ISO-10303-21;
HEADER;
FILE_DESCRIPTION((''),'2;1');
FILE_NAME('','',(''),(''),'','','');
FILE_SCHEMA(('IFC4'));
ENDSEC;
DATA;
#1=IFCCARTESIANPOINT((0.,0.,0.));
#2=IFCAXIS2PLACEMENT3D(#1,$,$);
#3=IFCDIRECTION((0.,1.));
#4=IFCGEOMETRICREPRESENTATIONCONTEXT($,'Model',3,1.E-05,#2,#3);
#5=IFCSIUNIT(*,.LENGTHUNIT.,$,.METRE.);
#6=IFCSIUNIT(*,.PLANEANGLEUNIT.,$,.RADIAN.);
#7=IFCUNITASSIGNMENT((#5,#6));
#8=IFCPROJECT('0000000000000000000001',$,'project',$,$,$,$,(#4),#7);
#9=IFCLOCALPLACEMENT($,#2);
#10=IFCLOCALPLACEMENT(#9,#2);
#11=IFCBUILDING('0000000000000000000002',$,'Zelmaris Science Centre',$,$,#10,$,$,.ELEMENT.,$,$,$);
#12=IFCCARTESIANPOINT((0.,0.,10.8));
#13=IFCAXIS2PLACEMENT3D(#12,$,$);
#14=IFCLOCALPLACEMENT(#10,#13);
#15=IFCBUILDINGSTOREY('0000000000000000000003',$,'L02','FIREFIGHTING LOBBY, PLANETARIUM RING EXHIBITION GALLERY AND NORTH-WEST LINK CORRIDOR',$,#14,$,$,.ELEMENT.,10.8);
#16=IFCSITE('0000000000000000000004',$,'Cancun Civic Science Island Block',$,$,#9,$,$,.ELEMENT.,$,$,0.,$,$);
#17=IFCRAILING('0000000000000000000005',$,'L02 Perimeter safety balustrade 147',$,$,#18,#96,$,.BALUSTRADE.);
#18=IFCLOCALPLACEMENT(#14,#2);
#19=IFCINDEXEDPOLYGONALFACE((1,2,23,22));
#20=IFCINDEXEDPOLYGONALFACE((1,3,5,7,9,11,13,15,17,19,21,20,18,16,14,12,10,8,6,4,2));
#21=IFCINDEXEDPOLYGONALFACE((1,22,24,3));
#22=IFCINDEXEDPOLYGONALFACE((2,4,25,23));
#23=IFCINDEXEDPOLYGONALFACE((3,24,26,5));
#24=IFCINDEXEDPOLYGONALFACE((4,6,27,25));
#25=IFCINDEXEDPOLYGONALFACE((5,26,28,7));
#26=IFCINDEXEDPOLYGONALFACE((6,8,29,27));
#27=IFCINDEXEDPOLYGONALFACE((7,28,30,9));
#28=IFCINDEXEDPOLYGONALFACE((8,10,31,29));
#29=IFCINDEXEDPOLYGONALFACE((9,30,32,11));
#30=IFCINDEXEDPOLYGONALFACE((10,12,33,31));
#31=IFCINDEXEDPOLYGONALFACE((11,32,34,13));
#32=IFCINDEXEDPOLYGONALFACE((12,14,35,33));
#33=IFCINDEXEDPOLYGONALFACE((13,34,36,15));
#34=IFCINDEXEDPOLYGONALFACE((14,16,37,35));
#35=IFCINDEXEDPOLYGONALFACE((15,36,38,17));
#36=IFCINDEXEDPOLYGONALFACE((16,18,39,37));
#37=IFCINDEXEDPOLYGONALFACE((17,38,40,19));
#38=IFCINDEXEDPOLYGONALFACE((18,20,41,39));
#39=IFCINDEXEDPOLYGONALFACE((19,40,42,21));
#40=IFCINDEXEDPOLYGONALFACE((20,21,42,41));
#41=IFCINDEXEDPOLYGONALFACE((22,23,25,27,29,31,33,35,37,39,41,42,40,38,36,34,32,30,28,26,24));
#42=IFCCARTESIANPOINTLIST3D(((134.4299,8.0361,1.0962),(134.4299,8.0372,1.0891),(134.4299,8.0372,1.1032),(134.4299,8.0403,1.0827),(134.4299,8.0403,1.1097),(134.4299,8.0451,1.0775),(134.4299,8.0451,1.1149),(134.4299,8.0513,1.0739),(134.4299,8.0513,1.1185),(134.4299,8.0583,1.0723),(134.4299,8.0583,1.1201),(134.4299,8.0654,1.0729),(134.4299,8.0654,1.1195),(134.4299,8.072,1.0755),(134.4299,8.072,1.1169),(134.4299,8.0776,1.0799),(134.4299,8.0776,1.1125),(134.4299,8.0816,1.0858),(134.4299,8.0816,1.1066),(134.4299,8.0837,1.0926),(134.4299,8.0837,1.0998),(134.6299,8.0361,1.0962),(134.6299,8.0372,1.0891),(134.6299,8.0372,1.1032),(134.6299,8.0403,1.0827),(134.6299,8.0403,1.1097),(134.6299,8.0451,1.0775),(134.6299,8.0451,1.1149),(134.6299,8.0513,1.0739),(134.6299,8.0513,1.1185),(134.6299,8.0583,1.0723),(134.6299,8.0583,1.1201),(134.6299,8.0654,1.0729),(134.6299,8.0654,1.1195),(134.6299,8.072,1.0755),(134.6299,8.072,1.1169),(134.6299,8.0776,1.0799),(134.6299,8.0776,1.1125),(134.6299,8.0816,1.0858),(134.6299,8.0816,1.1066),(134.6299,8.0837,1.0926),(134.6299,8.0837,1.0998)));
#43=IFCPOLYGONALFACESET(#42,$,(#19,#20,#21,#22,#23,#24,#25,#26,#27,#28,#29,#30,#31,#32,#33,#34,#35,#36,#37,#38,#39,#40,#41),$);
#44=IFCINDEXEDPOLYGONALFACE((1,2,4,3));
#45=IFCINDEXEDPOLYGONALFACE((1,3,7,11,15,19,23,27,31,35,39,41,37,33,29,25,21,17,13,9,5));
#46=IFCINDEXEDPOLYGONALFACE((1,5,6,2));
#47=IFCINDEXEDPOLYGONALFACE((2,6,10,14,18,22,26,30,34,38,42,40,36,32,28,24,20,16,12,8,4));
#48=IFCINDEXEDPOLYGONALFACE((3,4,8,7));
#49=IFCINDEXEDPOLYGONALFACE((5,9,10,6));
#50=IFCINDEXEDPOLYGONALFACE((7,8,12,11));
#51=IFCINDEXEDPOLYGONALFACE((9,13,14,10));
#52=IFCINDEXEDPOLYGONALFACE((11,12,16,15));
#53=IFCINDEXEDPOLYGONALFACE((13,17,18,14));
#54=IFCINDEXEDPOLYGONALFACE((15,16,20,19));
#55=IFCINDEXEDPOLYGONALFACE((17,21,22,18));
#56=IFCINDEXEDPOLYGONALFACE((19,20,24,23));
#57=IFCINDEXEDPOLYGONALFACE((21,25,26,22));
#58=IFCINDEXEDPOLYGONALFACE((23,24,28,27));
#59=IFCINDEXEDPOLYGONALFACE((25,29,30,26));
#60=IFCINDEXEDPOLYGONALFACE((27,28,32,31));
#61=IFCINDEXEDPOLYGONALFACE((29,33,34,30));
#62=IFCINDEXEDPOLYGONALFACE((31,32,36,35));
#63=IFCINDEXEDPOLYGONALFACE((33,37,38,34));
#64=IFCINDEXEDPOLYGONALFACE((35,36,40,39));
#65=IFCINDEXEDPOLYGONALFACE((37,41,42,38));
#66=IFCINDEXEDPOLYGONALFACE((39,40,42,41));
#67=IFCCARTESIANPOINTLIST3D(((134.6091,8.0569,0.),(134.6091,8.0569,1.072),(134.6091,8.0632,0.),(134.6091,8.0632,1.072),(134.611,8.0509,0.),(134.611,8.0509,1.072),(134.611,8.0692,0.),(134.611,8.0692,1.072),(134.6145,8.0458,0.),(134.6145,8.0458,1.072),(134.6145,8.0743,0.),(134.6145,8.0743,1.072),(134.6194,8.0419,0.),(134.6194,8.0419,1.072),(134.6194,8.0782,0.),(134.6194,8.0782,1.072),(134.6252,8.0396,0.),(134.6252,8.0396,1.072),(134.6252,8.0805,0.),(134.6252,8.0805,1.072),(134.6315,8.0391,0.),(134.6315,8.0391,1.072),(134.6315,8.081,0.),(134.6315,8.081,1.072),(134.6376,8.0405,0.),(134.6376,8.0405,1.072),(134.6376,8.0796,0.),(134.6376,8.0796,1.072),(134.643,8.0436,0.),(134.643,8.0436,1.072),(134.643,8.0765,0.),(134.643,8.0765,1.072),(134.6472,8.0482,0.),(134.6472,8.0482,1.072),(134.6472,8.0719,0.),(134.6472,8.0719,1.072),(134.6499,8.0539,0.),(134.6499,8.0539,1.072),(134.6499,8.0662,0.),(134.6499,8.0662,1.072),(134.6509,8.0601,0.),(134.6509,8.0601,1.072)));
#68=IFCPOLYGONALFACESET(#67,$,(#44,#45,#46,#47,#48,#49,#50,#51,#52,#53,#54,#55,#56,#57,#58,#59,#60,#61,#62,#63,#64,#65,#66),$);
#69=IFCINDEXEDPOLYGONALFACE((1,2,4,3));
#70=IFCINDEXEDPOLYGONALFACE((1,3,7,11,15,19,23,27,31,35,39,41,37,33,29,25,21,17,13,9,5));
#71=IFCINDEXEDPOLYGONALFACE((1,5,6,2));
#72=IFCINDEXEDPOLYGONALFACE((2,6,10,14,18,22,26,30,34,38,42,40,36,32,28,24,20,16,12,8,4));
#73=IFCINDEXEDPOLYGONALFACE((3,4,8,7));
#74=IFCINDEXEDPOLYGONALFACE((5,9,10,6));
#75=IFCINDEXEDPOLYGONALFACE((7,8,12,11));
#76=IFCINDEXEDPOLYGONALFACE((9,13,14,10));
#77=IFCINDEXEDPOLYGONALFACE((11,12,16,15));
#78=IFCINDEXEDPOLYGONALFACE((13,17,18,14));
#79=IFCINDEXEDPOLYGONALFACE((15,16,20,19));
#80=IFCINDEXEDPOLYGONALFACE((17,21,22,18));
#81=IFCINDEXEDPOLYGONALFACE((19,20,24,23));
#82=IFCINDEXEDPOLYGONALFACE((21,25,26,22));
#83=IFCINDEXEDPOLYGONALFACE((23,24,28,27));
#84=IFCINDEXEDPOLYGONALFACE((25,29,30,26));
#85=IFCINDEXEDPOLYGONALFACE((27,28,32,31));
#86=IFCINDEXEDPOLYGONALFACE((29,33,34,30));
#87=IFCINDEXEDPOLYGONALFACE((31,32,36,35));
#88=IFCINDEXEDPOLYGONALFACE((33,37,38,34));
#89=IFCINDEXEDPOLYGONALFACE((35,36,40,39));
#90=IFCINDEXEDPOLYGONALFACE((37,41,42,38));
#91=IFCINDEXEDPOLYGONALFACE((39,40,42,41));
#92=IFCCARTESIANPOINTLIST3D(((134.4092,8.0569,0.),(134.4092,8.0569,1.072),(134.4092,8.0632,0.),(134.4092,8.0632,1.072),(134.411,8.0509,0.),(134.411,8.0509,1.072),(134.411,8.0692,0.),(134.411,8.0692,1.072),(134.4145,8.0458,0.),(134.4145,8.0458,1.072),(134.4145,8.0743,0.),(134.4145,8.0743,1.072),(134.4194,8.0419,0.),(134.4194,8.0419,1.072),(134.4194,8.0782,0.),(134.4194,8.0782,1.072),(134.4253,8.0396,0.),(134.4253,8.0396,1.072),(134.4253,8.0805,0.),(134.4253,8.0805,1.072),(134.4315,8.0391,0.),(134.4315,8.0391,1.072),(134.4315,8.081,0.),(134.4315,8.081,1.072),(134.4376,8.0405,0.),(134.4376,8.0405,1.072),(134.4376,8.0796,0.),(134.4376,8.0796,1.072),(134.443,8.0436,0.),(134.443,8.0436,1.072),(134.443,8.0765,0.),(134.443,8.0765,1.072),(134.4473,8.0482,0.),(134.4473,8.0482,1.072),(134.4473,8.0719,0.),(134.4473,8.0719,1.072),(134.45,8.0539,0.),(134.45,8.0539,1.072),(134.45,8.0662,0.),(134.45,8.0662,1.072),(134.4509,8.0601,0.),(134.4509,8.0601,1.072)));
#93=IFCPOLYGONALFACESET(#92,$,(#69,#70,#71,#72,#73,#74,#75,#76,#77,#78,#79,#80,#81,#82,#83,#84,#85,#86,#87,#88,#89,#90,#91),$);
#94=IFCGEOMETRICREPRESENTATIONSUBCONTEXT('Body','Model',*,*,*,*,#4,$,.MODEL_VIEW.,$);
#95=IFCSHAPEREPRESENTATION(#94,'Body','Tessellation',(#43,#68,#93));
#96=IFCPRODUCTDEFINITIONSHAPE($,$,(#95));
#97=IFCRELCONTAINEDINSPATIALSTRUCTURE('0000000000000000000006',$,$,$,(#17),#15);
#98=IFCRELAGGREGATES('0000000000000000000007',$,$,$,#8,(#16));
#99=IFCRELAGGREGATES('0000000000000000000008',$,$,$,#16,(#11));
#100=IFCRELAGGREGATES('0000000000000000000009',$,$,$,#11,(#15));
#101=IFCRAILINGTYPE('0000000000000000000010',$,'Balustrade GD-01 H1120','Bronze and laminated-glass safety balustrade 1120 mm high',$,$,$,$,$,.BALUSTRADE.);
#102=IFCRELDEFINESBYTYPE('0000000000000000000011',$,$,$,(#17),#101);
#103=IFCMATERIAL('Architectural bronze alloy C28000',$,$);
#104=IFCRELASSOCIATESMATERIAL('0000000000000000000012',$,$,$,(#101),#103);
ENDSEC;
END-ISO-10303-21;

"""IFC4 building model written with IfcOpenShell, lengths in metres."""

from ifc_helpers import new_model, si_unit, direction, frame, origin, origin_2d, place, context, subcontext, project, spatial, circle, extrude, material, type_object, element, save


model = new_model("IFC4")

# Units and contexts
model_context = context("Model", 3, precision=1e-05, world=origin(), true_north=direction((0.0, 1.0)))
body_context = subcontext(model_context, "Body", "Model", "MODEL_VIEW")
ifc_project = project(units=[si_unit("LENGTHUNIT", "METRE"), si_unit("PLANEANGLEUNIT", "RADIAN")], contexts=[model_context])

# Site, building, storey
site_placement = place(None, origin())
site = spatial("IfcSite", under=ifc_project, at=site_placement, Name="Cancun Civic Science Island Block", CompositionType="ELEMENT", RefElevation=0.0)
building_placement = place(site_placement, origin())
building = spatial("IfcBuilding", under=site, at=building_placement, Name="Zelmaris Science Centre", CompositionType="ELEMENT")
storey_placement = place(building_placement, frame((0.0, 0.0, 10.8)))
storey = spatial("IfcBuildingStorey", under=building, at=storey_placement, Name="L02", Description="FIREFIGHTING LOBBY, PLANETARIUM RING EXHIBITION GALLERY AND NORTH-WEST LINK CORRIDOR", CompositionType="ELEMENT", Elevation=10.8)

# Railing
ifc_material_1 = material(Name="Architectural bronze alloy C28000")
railing_type = type_object("IfcRailingType", Name="Balustrade GD-01 H1120", Description="Bronze and laminated-glass safety balustrade 1120 mm high", PredefinedType="BALUSTRADE", material=ifc_material_1)
railing_placement = place(storey_placement, frame((134.6299, 8.0601, 0.0)))
element("IfcRailing", 1, at=railing_placement, inside=storey, type_object=railing_type, Name="L02 Perimeter safety balustrade 147", PredefinedType="BALUSTRADE", context=body_context, shape_type="SweptSolid", body=[
    extrude(circle(Radius=0.0239, at=origin_2d()), frame((0.0, 0.0, 1.0962), z_axis=(-1.0, 0.0, 0.0), x_axis=(0.0, -1.0, 0.0)), (0.0, 0.0, 1.0), 0.2),
    extrude(circle(Radius=0.021, at=origin_2d()), origin(), (0.0, 0.0, 1.0), 1.072),
    extrude(circle(Radius=0.021, at=origin_2d()), frame((-0.2, 0.0, 0.0)), (0.0, 0.0, 1.0), 1.072),
])

save(model, "model.ifc")
